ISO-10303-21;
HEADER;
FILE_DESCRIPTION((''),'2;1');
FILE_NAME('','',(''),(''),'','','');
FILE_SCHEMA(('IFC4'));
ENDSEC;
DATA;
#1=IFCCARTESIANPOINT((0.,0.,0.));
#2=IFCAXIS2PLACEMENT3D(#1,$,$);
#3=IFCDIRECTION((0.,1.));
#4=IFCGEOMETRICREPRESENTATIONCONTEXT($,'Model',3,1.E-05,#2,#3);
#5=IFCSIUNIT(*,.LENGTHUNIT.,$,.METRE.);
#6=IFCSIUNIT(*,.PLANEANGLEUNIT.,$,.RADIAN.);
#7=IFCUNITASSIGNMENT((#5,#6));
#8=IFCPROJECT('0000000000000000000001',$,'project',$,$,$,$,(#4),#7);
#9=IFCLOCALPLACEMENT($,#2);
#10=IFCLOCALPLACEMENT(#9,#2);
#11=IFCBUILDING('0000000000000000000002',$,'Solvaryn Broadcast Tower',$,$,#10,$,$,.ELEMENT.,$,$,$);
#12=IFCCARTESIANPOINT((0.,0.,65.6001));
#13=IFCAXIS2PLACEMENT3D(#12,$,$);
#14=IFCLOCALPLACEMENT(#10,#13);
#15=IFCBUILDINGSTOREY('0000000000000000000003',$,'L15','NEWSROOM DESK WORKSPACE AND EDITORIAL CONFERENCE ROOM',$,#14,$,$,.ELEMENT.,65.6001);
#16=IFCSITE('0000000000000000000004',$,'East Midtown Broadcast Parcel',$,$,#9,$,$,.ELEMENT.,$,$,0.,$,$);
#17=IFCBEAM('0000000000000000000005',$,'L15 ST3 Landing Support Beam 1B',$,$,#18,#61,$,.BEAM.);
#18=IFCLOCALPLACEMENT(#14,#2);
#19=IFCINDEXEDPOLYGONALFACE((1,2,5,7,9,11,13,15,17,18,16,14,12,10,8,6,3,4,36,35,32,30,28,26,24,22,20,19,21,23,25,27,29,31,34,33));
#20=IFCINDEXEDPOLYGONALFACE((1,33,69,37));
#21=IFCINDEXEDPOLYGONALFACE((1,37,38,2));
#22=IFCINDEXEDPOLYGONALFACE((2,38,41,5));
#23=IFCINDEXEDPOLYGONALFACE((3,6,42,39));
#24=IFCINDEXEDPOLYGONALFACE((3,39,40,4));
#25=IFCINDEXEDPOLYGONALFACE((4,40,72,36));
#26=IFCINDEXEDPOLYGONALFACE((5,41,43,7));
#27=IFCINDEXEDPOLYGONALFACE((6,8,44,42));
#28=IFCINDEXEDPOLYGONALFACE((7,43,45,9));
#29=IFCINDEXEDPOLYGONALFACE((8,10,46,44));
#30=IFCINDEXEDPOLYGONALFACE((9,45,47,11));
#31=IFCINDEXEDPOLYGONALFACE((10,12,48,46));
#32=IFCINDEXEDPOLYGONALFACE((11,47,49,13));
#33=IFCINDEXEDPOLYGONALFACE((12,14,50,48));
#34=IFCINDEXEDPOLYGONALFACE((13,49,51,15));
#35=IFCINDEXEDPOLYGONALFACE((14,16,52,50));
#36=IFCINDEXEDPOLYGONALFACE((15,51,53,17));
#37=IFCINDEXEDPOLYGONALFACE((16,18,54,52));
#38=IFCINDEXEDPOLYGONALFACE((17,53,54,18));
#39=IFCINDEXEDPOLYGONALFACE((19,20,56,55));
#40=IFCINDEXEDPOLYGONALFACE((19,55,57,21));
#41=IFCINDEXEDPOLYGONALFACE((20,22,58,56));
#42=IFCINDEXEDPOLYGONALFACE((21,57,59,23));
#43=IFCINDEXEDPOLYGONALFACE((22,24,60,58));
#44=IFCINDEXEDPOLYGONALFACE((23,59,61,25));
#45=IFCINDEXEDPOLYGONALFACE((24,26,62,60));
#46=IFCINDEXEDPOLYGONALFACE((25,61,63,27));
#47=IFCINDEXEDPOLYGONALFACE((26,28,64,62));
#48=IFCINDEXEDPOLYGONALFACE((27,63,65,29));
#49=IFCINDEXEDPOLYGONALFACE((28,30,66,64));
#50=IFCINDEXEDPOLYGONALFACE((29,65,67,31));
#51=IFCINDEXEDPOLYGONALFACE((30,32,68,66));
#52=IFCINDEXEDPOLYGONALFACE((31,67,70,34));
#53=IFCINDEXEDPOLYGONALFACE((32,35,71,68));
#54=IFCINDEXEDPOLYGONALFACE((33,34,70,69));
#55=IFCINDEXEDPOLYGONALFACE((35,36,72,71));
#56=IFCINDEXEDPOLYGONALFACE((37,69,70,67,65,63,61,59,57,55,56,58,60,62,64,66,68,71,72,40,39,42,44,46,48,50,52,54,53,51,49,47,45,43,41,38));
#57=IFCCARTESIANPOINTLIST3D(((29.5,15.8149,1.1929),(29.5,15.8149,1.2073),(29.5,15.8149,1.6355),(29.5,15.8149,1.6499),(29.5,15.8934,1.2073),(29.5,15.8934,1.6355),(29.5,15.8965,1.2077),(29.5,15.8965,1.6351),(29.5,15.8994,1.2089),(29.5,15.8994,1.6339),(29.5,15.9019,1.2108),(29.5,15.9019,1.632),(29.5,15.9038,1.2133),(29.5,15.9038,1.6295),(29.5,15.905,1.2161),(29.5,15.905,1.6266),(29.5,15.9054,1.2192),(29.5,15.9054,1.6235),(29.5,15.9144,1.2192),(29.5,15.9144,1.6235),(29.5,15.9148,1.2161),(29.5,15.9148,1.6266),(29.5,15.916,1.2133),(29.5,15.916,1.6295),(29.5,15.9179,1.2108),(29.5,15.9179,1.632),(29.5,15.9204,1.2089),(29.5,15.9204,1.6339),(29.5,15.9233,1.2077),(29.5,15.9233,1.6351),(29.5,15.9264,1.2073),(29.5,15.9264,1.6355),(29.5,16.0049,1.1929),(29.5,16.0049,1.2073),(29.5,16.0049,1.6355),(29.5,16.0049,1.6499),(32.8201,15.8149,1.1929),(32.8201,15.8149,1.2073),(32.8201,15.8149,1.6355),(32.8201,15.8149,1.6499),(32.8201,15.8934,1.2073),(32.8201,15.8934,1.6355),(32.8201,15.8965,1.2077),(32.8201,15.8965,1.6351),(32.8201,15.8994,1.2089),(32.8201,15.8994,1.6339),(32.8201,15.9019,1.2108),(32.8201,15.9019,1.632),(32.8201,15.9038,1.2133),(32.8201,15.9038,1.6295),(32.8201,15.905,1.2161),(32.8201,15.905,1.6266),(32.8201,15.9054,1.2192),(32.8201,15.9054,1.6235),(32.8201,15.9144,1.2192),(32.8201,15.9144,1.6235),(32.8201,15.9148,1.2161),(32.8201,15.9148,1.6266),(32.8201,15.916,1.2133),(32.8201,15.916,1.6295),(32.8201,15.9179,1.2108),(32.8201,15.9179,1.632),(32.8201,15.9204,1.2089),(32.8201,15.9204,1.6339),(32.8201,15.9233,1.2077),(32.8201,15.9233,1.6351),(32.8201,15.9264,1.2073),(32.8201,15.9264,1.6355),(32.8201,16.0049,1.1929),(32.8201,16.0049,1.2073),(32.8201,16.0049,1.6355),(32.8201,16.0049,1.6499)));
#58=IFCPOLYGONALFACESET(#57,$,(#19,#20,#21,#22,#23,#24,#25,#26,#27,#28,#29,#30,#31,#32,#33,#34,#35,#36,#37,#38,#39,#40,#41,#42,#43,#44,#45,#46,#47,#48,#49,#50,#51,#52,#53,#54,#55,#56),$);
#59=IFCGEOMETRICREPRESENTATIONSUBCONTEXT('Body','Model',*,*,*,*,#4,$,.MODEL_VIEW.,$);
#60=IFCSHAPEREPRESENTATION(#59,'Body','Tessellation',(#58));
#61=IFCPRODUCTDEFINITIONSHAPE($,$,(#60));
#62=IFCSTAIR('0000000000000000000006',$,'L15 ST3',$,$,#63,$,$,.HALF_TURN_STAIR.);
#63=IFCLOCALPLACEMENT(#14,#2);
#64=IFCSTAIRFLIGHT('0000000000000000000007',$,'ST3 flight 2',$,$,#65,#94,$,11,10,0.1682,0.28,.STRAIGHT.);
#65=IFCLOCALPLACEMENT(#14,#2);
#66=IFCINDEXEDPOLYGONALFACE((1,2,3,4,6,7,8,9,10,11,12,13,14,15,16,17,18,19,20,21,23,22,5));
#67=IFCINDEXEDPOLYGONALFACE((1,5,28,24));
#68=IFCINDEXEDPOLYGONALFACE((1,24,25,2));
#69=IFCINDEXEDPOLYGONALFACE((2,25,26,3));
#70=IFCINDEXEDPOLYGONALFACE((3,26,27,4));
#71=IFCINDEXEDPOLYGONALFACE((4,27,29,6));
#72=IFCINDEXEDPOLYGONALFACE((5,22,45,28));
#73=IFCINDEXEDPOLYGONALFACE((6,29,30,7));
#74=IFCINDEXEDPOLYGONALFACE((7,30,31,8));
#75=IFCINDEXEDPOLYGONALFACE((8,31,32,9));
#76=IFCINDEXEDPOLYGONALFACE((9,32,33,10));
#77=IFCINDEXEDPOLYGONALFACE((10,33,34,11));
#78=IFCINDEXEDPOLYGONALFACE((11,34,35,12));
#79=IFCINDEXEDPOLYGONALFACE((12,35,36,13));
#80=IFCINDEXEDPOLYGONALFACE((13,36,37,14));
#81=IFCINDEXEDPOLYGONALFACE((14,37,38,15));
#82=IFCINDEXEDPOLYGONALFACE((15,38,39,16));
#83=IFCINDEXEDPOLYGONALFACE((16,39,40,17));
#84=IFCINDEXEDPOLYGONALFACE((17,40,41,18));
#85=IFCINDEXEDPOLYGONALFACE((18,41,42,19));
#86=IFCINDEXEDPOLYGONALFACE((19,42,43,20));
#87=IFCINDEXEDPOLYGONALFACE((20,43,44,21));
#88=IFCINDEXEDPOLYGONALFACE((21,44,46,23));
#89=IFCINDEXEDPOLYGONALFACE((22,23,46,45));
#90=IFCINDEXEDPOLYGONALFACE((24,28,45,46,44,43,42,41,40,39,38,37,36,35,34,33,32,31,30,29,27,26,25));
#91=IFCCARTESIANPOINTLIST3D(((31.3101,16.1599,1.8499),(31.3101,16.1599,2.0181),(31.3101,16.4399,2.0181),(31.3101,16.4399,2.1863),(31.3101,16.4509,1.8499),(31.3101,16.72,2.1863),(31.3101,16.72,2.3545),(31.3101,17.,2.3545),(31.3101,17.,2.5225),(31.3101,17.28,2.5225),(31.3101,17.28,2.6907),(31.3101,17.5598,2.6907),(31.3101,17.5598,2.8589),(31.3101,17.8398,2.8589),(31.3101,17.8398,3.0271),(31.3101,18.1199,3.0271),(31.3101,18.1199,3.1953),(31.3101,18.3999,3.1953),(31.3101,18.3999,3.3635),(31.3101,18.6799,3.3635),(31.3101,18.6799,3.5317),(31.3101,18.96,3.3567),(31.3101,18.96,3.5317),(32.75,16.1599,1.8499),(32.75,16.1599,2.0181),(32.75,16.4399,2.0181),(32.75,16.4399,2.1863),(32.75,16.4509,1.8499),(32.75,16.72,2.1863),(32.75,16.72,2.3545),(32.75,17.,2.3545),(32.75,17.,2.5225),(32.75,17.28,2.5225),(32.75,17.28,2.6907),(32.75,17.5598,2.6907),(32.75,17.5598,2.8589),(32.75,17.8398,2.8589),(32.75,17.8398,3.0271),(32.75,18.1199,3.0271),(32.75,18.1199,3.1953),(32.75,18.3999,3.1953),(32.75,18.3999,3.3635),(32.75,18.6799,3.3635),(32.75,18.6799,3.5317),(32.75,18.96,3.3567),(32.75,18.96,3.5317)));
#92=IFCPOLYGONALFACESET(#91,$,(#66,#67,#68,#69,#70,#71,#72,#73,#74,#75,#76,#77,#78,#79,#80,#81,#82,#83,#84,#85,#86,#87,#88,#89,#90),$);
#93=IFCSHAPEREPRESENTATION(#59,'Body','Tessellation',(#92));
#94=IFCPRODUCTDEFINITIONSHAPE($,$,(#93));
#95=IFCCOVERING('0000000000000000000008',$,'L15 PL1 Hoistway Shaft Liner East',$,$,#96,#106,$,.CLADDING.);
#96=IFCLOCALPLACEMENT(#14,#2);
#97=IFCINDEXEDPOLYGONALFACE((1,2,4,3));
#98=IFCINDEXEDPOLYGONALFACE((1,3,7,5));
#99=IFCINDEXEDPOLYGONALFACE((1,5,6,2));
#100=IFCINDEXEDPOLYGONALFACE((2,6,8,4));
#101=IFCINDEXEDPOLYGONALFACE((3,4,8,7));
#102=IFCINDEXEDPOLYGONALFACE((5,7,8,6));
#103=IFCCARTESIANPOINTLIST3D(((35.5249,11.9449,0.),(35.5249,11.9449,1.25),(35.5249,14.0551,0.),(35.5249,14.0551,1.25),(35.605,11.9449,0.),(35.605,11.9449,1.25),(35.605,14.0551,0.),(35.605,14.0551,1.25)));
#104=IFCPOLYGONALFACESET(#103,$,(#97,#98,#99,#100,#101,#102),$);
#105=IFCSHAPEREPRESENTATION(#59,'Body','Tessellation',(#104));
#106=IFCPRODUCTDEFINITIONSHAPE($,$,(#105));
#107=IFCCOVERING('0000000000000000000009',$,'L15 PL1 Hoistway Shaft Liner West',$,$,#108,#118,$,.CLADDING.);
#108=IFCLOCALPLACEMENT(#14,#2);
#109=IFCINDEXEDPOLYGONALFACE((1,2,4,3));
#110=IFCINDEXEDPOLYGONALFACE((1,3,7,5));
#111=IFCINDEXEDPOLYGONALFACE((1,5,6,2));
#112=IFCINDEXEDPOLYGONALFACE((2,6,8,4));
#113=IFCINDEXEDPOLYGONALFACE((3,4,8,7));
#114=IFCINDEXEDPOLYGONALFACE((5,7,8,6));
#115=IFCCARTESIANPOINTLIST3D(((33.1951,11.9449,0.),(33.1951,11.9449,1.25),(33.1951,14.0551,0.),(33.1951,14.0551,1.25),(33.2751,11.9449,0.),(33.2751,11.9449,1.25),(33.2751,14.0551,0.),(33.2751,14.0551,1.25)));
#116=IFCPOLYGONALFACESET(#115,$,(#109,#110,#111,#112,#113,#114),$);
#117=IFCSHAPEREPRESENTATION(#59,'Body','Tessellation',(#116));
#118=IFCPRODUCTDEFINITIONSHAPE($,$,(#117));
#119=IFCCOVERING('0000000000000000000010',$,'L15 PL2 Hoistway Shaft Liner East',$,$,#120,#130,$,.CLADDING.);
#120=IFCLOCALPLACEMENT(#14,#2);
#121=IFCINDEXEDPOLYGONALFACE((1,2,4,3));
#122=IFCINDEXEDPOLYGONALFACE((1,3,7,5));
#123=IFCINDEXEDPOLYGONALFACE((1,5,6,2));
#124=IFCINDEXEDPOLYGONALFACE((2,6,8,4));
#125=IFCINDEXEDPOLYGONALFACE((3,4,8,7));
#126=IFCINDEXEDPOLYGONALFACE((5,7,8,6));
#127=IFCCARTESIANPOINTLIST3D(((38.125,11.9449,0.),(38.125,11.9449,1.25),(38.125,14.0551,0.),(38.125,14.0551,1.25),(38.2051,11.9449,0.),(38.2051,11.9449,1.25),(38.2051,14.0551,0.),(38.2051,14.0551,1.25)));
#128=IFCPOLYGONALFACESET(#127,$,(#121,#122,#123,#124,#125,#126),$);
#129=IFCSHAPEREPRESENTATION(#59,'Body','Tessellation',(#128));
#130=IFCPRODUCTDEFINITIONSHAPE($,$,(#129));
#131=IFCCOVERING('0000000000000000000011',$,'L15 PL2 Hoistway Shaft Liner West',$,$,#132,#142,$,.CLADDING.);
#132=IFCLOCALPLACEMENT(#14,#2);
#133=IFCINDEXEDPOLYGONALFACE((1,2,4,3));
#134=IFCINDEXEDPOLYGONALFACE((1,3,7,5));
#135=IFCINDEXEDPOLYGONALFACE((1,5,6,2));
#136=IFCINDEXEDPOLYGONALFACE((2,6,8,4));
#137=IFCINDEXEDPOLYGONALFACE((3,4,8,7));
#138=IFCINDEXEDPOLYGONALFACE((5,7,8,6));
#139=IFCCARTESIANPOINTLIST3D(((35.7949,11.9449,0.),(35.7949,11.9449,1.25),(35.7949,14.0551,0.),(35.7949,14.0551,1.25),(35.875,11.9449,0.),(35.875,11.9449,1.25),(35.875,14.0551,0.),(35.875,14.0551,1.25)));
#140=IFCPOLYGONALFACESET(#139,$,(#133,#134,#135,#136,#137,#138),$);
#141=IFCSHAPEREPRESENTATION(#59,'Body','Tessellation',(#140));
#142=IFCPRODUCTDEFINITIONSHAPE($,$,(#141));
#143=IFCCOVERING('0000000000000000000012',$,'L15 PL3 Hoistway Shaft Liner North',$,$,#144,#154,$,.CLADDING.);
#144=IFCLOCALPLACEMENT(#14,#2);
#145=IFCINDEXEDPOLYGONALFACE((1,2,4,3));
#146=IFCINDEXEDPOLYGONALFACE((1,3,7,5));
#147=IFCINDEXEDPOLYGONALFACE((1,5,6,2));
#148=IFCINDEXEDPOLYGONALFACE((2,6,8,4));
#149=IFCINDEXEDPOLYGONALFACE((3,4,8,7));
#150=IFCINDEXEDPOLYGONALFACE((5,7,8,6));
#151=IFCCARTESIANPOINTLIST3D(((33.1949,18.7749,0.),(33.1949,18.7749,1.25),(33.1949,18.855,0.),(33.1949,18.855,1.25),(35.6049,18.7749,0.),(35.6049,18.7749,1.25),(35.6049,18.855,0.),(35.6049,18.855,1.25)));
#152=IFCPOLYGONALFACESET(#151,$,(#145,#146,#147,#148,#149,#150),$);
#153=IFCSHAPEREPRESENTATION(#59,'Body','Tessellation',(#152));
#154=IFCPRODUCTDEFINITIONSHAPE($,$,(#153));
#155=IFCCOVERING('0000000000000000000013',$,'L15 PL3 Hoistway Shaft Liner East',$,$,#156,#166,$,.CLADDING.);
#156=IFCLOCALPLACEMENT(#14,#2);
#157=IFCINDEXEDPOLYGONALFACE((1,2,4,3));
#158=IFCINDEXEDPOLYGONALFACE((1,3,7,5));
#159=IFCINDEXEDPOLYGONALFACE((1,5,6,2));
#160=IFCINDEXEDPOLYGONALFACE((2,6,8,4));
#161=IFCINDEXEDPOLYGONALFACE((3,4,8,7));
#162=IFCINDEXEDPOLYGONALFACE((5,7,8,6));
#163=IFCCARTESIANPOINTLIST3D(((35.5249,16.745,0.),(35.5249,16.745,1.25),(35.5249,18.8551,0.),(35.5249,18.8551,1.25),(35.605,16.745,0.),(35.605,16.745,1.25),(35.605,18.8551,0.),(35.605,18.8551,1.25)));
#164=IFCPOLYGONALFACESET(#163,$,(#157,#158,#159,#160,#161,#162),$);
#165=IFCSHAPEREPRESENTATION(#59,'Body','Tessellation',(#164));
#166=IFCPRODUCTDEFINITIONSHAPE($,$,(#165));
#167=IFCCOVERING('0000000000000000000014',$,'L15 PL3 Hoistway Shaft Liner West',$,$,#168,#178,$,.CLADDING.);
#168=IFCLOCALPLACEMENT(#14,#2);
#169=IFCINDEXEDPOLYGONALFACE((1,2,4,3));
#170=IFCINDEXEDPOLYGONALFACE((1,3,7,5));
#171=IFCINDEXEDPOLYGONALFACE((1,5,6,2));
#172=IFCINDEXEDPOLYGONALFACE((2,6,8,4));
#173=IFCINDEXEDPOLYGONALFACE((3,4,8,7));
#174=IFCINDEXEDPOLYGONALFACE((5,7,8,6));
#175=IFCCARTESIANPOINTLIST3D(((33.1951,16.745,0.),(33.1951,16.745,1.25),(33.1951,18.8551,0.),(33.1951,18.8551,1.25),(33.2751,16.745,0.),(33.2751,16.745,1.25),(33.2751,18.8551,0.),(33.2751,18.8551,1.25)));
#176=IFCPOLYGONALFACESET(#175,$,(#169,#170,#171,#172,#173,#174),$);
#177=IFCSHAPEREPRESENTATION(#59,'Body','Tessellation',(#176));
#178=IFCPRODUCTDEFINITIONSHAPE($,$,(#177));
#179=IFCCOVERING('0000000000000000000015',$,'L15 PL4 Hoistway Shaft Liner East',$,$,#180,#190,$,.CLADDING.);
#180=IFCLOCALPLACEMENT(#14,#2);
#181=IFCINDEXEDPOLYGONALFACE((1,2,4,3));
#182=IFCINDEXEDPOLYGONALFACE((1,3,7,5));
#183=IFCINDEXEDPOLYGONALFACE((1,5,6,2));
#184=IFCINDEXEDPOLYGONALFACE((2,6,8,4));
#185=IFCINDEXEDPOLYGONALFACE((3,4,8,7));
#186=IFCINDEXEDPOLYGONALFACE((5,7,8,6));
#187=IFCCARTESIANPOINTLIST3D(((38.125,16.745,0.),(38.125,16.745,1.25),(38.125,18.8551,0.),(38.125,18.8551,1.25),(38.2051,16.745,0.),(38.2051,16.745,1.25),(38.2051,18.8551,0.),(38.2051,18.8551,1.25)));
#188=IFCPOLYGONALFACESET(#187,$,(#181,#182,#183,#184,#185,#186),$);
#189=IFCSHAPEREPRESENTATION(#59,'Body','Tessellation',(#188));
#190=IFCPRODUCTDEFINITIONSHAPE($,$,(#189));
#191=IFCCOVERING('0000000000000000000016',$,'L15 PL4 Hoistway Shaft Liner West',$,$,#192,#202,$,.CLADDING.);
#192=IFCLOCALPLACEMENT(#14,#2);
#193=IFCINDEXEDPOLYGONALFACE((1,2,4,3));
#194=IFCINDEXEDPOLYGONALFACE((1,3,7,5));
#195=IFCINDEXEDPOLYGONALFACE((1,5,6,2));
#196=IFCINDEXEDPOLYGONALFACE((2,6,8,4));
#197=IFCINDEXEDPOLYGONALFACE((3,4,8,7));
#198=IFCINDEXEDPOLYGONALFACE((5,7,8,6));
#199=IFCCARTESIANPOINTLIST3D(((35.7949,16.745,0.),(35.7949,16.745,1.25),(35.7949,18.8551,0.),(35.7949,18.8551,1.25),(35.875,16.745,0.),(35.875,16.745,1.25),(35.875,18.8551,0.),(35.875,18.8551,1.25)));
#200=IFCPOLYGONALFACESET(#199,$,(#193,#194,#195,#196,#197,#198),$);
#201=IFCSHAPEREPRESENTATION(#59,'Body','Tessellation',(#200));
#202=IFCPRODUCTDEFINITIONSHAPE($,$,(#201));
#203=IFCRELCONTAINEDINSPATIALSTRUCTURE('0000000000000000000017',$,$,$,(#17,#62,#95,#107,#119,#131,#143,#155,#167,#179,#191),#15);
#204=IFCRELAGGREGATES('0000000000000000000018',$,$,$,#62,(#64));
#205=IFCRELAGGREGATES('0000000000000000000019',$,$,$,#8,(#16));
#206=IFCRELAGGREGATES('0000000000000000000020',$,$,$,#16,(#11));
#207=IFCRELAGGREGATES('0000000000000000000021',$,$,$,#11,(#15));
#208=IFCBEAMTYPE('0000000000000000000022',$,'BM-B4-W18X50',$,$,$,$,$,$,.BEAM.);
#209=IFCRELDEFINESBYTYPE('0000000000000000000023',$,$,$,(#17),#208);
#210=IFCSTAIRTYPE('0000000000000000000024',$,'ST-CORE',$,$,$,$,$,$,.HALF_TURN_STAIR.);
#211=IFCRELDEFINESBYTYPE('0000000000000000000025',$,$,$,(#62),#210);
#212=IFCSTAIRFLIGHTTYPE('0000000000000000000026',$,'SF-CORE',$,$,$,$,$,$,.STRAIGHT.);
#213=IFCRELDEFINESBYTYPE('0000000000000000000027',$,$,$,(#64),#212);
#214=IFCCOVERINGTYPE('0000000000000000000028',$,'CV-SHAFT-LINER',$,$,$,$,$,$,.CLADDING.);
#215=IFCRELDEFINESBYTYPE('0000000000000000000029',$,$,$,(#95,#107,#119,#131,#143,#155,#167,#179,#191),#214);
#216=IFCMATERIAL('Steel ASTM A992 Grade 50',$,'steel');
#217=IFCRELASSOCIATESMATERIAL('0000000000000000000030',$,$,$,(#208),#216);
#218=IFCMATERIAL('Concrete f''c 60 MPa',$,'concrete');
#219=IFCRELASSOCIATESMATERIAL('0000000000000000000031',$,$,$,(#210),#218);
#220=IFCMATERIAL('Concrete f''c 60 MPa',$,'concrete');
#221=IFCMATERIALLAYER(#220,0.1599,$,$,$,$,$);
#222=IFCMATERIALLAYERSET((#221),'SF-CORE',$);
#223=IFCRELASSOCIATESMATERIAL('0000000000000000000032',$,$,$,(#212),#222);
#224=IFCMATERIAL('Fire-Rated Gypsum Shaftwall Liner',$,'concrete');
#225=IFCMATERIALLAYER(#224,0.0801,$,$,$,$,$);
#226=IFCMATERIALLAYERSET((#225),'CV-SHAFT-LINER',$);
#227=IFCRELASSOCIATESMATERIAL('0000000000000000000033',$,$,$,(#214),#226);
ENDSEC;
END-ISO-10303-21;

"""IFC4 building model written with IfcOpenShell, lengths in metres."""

from ifc_helpers import new_model, si_unit, direction, frame, origin, origin_2d, place, context, subcontext, project, spatial, polyline, rectangle, i_section, outline, extrude, material, layer, layer_set, material_profile, profile_set, type_object, element, aggregate, save


model = new_model("IFC4")

# Units and contexts
model_context = context("Model", 3, precision=1e-05, world=origin(), true_north=direction((0.0, 1.0)))
body_context = subcontext(model_context, "Body", "Model", "MODEL_VIEW")
ifc_project = project(units=[si_unit("LENGTHUNIT", "METRE"), si_unit("PLANEANGLEUNIT", "RADIAN")], contexts=[model_context])

# Site, building, storey
site_placement = place(None, origin())
site = spatial("IfcSite", under=ifc_project, at=site_placement, Name="East Midtown Broadcast Parcel", CompositionType="ELEMENT", RefElevation=0.0)
building_placement = place(site_placement, origin())
building = spatial("IfcBuilding", under=site, at=building_placement, Name="Solvaryn Broadcast Tower", CompositionType="ELEMENT")
storey_placement = place(building_placement, frame((0.0, 0.0, 65.6001)))
storey = spatial("IfcBuildingStorey", under=building, at=storey_placement, Name="L15", Description="NEWSROOM DESK WORKSPACE AND EDITORIAL CONFERENCE ROOM", CompositionType="ELEMENT", Elevation=65.6001)

# Beam
ifc_material_1 = material(Name="Steel ASTM A992 Grade 50", Category="steel")
ifc_material_profile_1 = material_profile(ifc_material_1, i_section(OverallWidth=0.1899, OverallDepth=0.457, WebThickness=0.009, FlangeThickness=0.0144, FilletRadius=0.012, at=origin_2d()))
ifc_profile_set_1 = profile_set([ifc_material_profile_1], Name="Steel ASTM A992 Grade 50")
beam_type_1 = type_object("IfcBeamType", Name="BM-B4-W18X50", PredefinedType="BEAM", material=ifc_profile_set_1)
beam_1_placement = place(storey_placement, frame((29.5, 15.9099, 1.4214), z_axis=(1.0, 0.0, 0.0), x_axis=(0.0, 1.0, 0.0)))
element("IfcBeam", 1, at=beam_1_placement, inside=storey, type_object=beam_type_1, Name="L15 ST3 Landing Support Beam 1B", PredefinedType="BEAM", context=body_context, shape_type="SweptSolid", body=[
    extrude(i_section(OverallWidth=0.1899, OverallDepth=0.457, WebThickness=0.009, FlangeThickness=0.0144, FilletRadius=0.012, at=origin_2d()), origin(), (0.0, 0.0, 1.0), 3.3201),
])

# Stair, stair flight
ifc_material_2 = material(Name="Concrete f'c 60 MPa", Category="concrete")
stair_type = type_object("IfcStairType", Name="ST-CORE", PredefinedType="HALF_TURN_STAIR", material=ifc_material_2)
stair_placement = place(storey_placement, origin())
stair = element("IfcStair", 2, at=stair_placement, inside=storey, type_object=stair_type, Name="L15 ST3", PredefinedType="HALF_TURN_STAIR")
ifc_material_3 = material(Name="Concrete f'c 60 MPa", Category="concrete")
ifc_layer_1 = layer(ifc_material_3, 0.1599)
ifc_layer_set_1 = layer_set([ifc_layer_1], Name="SF-CORE")
stair_flight_type = type_object("IfcStairFlightType", Name="SF-CORE", PredefinedType="STRAIGHT", material=ifc_layer_set_1)
stair_flight_placement = place(storey_placement, frame((32.03, 16.1599, 1.8499), z_axis=(0.0, 0.0, 1.0), x_axis=(0.0, 1.0, 0.0)))
stair_flight = element("IfcStairFlight", 3, at=stair_flight_placement, type_object=stair_flight_type, Name="ST3 flight 2", NumberOfRisers=11, NumberOfTreads=10, PredefinedType="STRAIGHT", RiserHeight=0.1682, TreadLength=0.28, context=body_context, shape_type="SweptSolid", body=[
    extrude(outline(polyline([(0.0, 0.0), (0.0, 0.1682), (0.28, 0.1682), (0.28, 0.3364), (0.5601, 0.3364), (0.5601, 0.5046), (0.8401, 0.5046), (0.8401, 0.6726), (1.1201, 0.6726), (1.1201, 0.8408), (1.3999, 0.8408), (1.3999, 1.009), (1.6799, 1.009), (1.6799, 1.1772), (1.96, 1.1772), (1.96, 1.3455), (2.24, 1.3455), (2.24, 1.5137), (2.52, 1.5137), (2.52, 1.6819), (2.8, 1.6819), (2.8, 1.8501), (2.8, 1.5068), (0.291, 0.0), (0.0, 0.0)])), frame((0.0, 0.72, 0.0), z_axis=(0.0, -1.0, 0.0), x_axis=(1.0, 0.0, 0.0)), (0.0, 0.0, 1.0), 1.4399),
])
aggregate(stair, [stair_flight])

# Coverings
ifc_material_4 = material(Name="Fire-Rated Gypsum Shaftwall Liner", Category="concrete")
ifc_layer_2 = layer(ifc_material_4, 0.0801)
ifc_layer_set_2 = layer_set([ifc_layer_2], Name="CV-SHAFT-LINER")
covering_type = type_object("IfcCoveringType", Name="CV-SHAFT-LINER", PredefinedType="CLADDING", material=ifc_layer_set_2)
for number, where, z_axis, x_axis, name in (
    (4, (35.5649, 13.0, 0.0), (0.0, 0.0, 1.0), (1.0, 0.0, 0.0), "L15 PL1 Hoistway Shaft Liner East"),
    (5, (33.2351, 13.0, 0.0), (0.0, 0.0, 1.0), (1.0, 0.0, 0.0), "L15 PL1 Hoistway Shaft Liner West"),
    (6, (38.165, 13.0, 0.0), (0.0, 0.0, 1.0), (1.0, 0.0, 0.0), "L15 PL2 Hoistway Shaft Liner East"),
    (7, (35.835, 13.0, 0.0), (0.0, 0.0, 1.0), (1.0, 0.0, 0.0), "L15 PL2 Hoistway Shaft Liner West"),
):
    element("IfcCovering", number, at=place(storey_placement, frame(where, z_axis=z_axis, x_axis=x_axis)), inside=storey, type_object=covering_type, Name=name, PredefinedType="CLADDING", context=body_context, shape_type="SweptSolid", body=[
        extrude(rectangle(XDim=0.0801, YDim=2.1101, at=origin_2d()), origin(), (0.0, 0.0, 1.0), 1.25),
    ])
covering_1_placement = place(storey_placement, frame((34.3999, 18.8149, 0.0), z_axis=(0.0, 0.0, 1.0), x_axis=(1.0, 0.0, 0.0)))
element("IfcCovering", 8, at=covering_1_placement, inside=storey, type_object=covering_type, Name="L15 PL3 Hoistway Shaft Liner North", PredefinedType="CLADDING", context=body_context, shape_type="SweptSolid", body=[
    extrude(rectangle(XDim=2.4099, YDim=0.0801, at=origin_2d()), origin(), (0.0, 0.0, 1.0), 1.25),
])
for number, where, z_axis, x_axis, name in (
    (9, (35.5649, 17.8, 0.0), (0.0, 0.0, 1.0), (1.0, 0.0, 0.0), "L15 PL3 Hoistway Shaft Liner East"),
    (10, (33.2351, 17.8, 0.0), (0.0, 0.0, 1.0), (1.0, 0.0, 0.0), "L15 PL3 Hoistway Shaft Liner West"),
    (11, (38.165, 17.8, 0.0), (0.0, 0.0, 1.0), (1.0, 0.0, 0.0), "L15 PL4 Hoistway Shaft Liner East"),
    (12, (35.835, 17.8, 0.0), (0.0, 0.0, 1.0), (1.0, 0.0, 0.0), "L15 PL4 Hoistway Shaft Liner West"),
):
    element("IfcCovering", number, at=place(storey_placement, frame(where, z_axis=z_axis, x_axis=x_axis)), inside=storey, type_object=covering_type, Name=name, PredefinedType="CLADDING", context=body_context, shape_type="SweptSolid", body=[
        extrude(rectangle(XDim=0.0801, YDim=2.1101, at=origin_2d()), origin(), (0.0, 0.0, 1.0), 1.25),
    ])

save(model, "model.ifc")
